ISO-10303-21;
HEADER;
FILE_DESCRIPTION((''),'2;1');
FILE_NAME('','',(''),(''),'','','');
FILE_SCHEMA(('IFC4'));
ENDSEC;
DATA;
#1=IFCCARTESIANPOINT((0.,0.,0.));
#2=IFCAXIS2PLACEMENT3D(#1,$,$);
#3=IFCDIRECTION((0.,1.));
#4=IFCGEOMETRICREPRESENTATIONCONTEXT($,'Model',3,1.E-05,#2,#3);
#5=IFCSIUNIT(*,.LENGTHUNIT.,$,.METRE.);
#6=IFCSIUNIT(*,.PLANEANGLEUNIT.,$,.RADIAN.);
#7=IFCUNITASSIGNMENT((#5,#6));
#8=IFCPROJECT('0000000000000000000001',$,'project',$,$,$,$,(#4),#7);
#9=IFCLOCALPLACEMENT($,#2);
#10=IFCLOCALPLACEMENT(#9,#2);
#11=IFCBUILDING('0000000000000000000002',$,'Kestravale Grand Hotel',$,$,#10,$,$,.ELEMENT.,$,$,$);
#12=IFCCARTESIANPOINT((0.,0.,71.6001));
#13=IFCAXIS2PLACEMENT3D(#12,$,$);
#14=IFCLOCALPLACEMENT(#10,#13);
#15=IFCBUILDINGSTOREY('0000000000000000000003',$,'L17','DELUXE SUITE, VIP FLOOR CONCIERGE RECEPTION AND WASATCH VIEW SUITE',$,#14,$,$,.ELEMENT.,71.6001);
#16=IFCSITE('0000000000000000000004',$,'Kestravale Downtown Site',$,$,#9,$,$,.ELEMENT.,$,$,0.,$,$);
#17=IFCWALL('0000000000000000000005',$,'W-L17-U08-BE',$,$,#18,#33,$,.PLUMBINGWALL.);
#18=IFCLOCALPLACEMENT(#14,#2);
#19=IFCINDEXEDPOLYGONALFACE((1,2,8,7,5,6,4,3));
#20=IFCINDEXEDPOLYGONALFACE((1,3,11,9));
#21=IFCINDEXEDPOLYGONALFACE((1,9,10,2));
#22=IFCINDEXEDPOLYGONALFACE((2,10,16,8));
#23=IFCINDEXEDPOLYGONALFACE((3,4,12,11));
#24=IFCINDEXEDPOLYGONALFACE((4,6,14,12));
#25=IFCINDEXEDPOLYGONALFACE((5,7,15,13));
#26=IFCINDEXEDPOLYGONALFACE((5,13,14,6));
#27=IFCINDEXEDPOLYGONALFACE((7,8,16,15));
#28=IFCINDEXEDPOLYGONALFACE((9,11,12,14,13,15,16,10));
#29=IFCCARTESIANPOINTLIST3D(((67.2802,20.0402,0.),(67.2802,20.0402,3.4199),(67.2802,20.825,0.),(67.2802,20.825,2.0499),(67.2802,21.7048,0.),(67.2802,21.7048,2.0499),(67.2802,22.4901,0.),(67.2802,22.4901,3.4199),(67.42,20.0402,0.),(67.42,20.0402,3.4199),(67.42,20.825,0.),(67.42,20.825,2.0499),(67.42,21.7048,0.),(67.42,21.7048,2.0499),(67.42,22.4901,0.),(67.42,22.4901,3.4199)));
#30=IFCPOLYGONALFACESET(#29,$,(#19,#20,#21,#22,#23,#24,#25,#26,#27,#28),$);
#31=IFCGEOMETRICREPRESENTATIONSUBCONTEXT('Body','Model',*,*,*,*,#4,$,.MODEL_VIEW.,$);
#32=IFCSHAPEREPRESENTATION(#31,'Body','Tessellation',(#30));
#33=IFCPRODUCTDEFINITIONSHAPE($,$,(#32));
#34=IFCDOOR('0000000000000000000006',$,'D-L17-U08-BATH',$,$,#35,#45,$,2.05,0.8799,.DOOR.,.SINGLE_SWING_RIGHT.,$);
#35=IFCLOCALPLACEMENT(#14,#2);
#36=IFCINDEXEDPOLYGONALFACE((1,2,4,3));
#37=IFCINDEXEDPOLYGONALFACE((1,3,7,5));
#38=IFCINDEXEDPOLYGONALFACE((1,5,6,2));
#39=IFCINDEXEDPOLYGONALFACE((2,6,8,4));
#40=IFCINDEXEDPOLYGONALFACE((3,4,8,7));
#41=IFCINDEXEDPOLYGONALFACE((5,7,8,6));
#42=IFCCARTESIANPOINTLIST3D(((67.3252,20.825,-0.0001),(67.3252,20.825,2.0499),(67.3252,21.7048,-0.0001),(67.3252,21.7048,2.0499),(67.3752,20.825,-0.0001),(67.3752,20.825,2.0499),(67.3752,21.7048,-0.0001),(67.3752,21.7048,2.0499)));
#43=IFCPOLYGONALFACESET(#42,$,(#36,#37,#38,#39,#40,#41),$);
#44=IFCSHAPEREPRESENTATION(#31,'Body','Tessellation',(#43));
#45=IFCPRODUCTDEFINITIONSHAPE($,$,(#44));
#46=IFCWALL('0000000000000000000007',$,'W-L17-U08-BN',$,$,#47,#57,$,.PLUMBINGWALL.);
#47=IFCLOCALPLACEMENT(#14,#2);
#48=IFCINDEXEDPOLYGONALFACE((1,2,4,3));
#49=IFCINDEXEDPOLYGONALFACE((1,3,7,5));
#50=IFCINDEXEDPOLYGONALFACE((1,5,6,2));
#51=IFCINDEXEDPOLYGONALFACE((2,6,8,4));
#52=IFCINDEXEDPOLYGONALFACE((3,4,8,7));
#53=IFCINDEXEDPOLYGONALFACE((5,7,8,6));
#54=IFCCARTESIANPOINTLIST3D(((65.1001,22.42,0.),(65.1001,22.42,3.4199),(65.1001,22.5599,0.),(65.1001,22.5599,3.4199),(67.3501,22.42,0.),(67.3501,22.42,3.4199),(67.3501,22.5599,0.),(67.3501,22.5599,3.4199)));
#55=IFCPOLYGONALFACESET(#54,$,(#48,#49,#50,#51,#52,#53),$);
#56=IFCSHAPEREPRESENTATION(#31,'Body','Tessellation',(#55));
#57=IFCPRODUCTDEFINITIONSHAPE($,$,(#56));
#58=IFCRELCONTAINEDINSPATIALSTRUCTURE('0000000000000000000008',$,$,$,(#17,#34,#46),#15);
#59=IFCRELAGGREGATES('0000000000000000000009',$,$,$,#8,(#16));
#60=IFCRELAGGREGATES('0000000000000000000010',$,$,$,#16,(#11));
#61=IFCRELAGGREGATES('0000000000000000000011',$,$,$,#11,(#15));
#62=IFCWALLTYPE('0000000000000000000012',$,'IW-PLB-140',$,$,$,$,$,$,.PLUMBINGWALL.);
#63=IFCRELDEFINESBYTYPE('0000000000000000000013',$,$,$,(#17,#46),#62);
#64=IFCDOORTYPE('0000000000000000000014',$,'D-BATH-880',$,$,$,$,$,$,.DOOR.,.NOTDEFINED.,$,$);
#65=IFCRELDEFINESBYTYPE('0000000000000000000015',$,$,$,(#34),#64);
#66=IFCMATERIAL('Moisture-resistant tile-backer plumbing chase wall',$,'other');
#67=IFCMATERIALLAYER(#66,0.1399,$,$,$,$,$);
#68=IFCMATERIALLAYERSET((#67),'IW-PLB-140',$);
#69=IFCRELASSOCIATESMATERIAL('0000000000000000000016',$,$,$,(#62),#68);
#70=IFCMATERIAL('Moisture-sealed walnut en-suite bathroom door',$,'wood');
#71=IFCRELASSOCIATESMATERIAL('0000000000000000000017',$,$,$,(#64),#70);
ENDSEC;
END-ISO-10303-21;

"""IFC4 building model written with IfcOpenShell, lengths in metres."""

from ifc_helpers import new_model, si_unit, direction, frame, frame_2d, origin, place, context, subcontext, project, spatial, rectangle, extrude, material, layer, layer_set, type_object, element, fill, save


model = new_model("IFC4")

# Units and contexts
model_context = context("Model", 3, precision=1e-05, world=origin(), true_north=direction((0.0, 1.0)))
body_context = subcontext(model_context, "Body", "Model", "MODEL_VIEW")
ifc_project = project(units=[si_unit("LENGTHUNIT", "METRE"), si_unit("PLANEANGLEUNIT", "RADIAN")], contexts=[model_context])

# Site, building, storey
site_placement = place(None, origin())
site = spatial("IfcSite", under=ifc_project, at=site_placement, Name="Kestravale Downtown Site", CompositionType="ELEMENT", RefElevation=0.0)
building_placement = place(site_placement, origin())
building = spatial("IfcBuilding", under=site, at=building_placement, Name="Kestravale Grand Hotel", CompositionType="ELEMENT")
storey_placement = place(building_placement, frame((0.0, 0.0, 71.6001)))
storey = spatial("IfcBuildingStorey", under=building, at=storey_placement, Name="L17", Description="DELUXE SUITE, VIP FLOOR CONCIERGE RECEPTION AND WASATCH VIEW SUITE", CompositionType="ELEMENT", Elevation=71.6001)

# Shared definitions
ifc_material_1 = material(Name="Moisture-resistant tile-backer plumbing chase wall", Category="other")
ifc_layer_1 = layer(ifc_material_1, 0.1399)
ifc_layer_set_1 = layer_set([ifc_layer_1], Name="IW-PLB-140")
wall_type_1 = type_object("IfcWallType", Name="IW-PLB-140", PredefinedType="PLUMBINGWALL", material=ifc_layer_set_1)

# Shared definitions
ifc_material_2 = material(Name="Moisture-sealed walnut en-suite bathroom door", Category="wood")
door_type = type_object("IfcDoorType", Name="D-BATH-880", OperationType="NOTDEFINED", PredefinedType="DOOR", material=ifc_material_2)

# Wall, opening, door
wall_1_placement = place(storey_placement, frame((67.3501, 20.04, 0.0), z_axis=(0.0, 0.0, 1.0), x_axis=(0.0, 1.0, 0.0)))
wall_1 = element("IfcWall", 1, at=wall_1_placement, inside=storey, type_object=wall_type_1, Name="W-L17-U08-BE", PredefinedType="PLUMBINGWALL", context=body_context, shape_type="SweptSolid", body=[
    extrude(rectangle(XDim=2.45, YDim=0.1399, at=frame_2d((1.2251, 0.0))), origin(), (0.0, 0.0, 1.0), 3.4199),
])
opening_1_placement = place(wall_1_placement, frame((0.7849, 0.0, 0.0)))
opening_1 = element("IfcOpeningElement", 2, at=opening_1_placement, cuts=wall_1, PredefinedType="OPENING", context=body_context, shape_type="SweptSolid", body=[
    extrude(rectangle(XDim=0.8799, YDim=2.05, at=frame_2d((0.4399, 1.0249))), frame((0.0, 0.0798, 0.0), z_axis=(0.0, -1.0, 0.0), x_axis=(1.0, 0.0, 0.0)), (0.0, 0.0, 1.0), 0.1599),
])
door_1_placement = place(opening_1_placement, origin())
door_1 = element("IfcDoor", 3, at=door_1_placement, inside=storey, type_object=door_type, Name="D-L17-U08-BATH", OperationType="SINGLE_SWING_RIGHT", OverallHeight=2.05, OverallWidth=0.8799, PredefinedType="DOOR", context=body_context, shape_type="SweptSolid", body=[
    extrude(rectangle(XDim=0.8799, YDim=2.05, at=frame_2d((0.4399, 1.0249))), frame((0.0, 0.0249, 0.0), z_axis=(0.0, -1.0, 0.0), x_axis=(1.0, 0.0, 0.0)), (0.0, 0.0, 1.0), 0.05),
])
fill(opening_1, door_1)

# Wall
wall_2_placement = place(storey_placement, frame((65.1001, 22.49, 0.0), z_axis=(0.0, 0.0, 1.0), x_axis=(1.0, 0.0, 0.0)))
element("IfcWall", 4, at=wall_2_placement, inside=storey, type_object=wall_type_1, Name="W-L17-U08-BN", PredefinedType="PLUMBINGWALL", context=body_context, shape_type="SweptSolid", body=[
    extrude(rectangle(XDim=2.25, YDim=0.1399, at=frame_2d((1.125, 0.0))), origin(), (0.0, 0.0, 1.0), 3.4199),
])

save(model, "model.ifc")
